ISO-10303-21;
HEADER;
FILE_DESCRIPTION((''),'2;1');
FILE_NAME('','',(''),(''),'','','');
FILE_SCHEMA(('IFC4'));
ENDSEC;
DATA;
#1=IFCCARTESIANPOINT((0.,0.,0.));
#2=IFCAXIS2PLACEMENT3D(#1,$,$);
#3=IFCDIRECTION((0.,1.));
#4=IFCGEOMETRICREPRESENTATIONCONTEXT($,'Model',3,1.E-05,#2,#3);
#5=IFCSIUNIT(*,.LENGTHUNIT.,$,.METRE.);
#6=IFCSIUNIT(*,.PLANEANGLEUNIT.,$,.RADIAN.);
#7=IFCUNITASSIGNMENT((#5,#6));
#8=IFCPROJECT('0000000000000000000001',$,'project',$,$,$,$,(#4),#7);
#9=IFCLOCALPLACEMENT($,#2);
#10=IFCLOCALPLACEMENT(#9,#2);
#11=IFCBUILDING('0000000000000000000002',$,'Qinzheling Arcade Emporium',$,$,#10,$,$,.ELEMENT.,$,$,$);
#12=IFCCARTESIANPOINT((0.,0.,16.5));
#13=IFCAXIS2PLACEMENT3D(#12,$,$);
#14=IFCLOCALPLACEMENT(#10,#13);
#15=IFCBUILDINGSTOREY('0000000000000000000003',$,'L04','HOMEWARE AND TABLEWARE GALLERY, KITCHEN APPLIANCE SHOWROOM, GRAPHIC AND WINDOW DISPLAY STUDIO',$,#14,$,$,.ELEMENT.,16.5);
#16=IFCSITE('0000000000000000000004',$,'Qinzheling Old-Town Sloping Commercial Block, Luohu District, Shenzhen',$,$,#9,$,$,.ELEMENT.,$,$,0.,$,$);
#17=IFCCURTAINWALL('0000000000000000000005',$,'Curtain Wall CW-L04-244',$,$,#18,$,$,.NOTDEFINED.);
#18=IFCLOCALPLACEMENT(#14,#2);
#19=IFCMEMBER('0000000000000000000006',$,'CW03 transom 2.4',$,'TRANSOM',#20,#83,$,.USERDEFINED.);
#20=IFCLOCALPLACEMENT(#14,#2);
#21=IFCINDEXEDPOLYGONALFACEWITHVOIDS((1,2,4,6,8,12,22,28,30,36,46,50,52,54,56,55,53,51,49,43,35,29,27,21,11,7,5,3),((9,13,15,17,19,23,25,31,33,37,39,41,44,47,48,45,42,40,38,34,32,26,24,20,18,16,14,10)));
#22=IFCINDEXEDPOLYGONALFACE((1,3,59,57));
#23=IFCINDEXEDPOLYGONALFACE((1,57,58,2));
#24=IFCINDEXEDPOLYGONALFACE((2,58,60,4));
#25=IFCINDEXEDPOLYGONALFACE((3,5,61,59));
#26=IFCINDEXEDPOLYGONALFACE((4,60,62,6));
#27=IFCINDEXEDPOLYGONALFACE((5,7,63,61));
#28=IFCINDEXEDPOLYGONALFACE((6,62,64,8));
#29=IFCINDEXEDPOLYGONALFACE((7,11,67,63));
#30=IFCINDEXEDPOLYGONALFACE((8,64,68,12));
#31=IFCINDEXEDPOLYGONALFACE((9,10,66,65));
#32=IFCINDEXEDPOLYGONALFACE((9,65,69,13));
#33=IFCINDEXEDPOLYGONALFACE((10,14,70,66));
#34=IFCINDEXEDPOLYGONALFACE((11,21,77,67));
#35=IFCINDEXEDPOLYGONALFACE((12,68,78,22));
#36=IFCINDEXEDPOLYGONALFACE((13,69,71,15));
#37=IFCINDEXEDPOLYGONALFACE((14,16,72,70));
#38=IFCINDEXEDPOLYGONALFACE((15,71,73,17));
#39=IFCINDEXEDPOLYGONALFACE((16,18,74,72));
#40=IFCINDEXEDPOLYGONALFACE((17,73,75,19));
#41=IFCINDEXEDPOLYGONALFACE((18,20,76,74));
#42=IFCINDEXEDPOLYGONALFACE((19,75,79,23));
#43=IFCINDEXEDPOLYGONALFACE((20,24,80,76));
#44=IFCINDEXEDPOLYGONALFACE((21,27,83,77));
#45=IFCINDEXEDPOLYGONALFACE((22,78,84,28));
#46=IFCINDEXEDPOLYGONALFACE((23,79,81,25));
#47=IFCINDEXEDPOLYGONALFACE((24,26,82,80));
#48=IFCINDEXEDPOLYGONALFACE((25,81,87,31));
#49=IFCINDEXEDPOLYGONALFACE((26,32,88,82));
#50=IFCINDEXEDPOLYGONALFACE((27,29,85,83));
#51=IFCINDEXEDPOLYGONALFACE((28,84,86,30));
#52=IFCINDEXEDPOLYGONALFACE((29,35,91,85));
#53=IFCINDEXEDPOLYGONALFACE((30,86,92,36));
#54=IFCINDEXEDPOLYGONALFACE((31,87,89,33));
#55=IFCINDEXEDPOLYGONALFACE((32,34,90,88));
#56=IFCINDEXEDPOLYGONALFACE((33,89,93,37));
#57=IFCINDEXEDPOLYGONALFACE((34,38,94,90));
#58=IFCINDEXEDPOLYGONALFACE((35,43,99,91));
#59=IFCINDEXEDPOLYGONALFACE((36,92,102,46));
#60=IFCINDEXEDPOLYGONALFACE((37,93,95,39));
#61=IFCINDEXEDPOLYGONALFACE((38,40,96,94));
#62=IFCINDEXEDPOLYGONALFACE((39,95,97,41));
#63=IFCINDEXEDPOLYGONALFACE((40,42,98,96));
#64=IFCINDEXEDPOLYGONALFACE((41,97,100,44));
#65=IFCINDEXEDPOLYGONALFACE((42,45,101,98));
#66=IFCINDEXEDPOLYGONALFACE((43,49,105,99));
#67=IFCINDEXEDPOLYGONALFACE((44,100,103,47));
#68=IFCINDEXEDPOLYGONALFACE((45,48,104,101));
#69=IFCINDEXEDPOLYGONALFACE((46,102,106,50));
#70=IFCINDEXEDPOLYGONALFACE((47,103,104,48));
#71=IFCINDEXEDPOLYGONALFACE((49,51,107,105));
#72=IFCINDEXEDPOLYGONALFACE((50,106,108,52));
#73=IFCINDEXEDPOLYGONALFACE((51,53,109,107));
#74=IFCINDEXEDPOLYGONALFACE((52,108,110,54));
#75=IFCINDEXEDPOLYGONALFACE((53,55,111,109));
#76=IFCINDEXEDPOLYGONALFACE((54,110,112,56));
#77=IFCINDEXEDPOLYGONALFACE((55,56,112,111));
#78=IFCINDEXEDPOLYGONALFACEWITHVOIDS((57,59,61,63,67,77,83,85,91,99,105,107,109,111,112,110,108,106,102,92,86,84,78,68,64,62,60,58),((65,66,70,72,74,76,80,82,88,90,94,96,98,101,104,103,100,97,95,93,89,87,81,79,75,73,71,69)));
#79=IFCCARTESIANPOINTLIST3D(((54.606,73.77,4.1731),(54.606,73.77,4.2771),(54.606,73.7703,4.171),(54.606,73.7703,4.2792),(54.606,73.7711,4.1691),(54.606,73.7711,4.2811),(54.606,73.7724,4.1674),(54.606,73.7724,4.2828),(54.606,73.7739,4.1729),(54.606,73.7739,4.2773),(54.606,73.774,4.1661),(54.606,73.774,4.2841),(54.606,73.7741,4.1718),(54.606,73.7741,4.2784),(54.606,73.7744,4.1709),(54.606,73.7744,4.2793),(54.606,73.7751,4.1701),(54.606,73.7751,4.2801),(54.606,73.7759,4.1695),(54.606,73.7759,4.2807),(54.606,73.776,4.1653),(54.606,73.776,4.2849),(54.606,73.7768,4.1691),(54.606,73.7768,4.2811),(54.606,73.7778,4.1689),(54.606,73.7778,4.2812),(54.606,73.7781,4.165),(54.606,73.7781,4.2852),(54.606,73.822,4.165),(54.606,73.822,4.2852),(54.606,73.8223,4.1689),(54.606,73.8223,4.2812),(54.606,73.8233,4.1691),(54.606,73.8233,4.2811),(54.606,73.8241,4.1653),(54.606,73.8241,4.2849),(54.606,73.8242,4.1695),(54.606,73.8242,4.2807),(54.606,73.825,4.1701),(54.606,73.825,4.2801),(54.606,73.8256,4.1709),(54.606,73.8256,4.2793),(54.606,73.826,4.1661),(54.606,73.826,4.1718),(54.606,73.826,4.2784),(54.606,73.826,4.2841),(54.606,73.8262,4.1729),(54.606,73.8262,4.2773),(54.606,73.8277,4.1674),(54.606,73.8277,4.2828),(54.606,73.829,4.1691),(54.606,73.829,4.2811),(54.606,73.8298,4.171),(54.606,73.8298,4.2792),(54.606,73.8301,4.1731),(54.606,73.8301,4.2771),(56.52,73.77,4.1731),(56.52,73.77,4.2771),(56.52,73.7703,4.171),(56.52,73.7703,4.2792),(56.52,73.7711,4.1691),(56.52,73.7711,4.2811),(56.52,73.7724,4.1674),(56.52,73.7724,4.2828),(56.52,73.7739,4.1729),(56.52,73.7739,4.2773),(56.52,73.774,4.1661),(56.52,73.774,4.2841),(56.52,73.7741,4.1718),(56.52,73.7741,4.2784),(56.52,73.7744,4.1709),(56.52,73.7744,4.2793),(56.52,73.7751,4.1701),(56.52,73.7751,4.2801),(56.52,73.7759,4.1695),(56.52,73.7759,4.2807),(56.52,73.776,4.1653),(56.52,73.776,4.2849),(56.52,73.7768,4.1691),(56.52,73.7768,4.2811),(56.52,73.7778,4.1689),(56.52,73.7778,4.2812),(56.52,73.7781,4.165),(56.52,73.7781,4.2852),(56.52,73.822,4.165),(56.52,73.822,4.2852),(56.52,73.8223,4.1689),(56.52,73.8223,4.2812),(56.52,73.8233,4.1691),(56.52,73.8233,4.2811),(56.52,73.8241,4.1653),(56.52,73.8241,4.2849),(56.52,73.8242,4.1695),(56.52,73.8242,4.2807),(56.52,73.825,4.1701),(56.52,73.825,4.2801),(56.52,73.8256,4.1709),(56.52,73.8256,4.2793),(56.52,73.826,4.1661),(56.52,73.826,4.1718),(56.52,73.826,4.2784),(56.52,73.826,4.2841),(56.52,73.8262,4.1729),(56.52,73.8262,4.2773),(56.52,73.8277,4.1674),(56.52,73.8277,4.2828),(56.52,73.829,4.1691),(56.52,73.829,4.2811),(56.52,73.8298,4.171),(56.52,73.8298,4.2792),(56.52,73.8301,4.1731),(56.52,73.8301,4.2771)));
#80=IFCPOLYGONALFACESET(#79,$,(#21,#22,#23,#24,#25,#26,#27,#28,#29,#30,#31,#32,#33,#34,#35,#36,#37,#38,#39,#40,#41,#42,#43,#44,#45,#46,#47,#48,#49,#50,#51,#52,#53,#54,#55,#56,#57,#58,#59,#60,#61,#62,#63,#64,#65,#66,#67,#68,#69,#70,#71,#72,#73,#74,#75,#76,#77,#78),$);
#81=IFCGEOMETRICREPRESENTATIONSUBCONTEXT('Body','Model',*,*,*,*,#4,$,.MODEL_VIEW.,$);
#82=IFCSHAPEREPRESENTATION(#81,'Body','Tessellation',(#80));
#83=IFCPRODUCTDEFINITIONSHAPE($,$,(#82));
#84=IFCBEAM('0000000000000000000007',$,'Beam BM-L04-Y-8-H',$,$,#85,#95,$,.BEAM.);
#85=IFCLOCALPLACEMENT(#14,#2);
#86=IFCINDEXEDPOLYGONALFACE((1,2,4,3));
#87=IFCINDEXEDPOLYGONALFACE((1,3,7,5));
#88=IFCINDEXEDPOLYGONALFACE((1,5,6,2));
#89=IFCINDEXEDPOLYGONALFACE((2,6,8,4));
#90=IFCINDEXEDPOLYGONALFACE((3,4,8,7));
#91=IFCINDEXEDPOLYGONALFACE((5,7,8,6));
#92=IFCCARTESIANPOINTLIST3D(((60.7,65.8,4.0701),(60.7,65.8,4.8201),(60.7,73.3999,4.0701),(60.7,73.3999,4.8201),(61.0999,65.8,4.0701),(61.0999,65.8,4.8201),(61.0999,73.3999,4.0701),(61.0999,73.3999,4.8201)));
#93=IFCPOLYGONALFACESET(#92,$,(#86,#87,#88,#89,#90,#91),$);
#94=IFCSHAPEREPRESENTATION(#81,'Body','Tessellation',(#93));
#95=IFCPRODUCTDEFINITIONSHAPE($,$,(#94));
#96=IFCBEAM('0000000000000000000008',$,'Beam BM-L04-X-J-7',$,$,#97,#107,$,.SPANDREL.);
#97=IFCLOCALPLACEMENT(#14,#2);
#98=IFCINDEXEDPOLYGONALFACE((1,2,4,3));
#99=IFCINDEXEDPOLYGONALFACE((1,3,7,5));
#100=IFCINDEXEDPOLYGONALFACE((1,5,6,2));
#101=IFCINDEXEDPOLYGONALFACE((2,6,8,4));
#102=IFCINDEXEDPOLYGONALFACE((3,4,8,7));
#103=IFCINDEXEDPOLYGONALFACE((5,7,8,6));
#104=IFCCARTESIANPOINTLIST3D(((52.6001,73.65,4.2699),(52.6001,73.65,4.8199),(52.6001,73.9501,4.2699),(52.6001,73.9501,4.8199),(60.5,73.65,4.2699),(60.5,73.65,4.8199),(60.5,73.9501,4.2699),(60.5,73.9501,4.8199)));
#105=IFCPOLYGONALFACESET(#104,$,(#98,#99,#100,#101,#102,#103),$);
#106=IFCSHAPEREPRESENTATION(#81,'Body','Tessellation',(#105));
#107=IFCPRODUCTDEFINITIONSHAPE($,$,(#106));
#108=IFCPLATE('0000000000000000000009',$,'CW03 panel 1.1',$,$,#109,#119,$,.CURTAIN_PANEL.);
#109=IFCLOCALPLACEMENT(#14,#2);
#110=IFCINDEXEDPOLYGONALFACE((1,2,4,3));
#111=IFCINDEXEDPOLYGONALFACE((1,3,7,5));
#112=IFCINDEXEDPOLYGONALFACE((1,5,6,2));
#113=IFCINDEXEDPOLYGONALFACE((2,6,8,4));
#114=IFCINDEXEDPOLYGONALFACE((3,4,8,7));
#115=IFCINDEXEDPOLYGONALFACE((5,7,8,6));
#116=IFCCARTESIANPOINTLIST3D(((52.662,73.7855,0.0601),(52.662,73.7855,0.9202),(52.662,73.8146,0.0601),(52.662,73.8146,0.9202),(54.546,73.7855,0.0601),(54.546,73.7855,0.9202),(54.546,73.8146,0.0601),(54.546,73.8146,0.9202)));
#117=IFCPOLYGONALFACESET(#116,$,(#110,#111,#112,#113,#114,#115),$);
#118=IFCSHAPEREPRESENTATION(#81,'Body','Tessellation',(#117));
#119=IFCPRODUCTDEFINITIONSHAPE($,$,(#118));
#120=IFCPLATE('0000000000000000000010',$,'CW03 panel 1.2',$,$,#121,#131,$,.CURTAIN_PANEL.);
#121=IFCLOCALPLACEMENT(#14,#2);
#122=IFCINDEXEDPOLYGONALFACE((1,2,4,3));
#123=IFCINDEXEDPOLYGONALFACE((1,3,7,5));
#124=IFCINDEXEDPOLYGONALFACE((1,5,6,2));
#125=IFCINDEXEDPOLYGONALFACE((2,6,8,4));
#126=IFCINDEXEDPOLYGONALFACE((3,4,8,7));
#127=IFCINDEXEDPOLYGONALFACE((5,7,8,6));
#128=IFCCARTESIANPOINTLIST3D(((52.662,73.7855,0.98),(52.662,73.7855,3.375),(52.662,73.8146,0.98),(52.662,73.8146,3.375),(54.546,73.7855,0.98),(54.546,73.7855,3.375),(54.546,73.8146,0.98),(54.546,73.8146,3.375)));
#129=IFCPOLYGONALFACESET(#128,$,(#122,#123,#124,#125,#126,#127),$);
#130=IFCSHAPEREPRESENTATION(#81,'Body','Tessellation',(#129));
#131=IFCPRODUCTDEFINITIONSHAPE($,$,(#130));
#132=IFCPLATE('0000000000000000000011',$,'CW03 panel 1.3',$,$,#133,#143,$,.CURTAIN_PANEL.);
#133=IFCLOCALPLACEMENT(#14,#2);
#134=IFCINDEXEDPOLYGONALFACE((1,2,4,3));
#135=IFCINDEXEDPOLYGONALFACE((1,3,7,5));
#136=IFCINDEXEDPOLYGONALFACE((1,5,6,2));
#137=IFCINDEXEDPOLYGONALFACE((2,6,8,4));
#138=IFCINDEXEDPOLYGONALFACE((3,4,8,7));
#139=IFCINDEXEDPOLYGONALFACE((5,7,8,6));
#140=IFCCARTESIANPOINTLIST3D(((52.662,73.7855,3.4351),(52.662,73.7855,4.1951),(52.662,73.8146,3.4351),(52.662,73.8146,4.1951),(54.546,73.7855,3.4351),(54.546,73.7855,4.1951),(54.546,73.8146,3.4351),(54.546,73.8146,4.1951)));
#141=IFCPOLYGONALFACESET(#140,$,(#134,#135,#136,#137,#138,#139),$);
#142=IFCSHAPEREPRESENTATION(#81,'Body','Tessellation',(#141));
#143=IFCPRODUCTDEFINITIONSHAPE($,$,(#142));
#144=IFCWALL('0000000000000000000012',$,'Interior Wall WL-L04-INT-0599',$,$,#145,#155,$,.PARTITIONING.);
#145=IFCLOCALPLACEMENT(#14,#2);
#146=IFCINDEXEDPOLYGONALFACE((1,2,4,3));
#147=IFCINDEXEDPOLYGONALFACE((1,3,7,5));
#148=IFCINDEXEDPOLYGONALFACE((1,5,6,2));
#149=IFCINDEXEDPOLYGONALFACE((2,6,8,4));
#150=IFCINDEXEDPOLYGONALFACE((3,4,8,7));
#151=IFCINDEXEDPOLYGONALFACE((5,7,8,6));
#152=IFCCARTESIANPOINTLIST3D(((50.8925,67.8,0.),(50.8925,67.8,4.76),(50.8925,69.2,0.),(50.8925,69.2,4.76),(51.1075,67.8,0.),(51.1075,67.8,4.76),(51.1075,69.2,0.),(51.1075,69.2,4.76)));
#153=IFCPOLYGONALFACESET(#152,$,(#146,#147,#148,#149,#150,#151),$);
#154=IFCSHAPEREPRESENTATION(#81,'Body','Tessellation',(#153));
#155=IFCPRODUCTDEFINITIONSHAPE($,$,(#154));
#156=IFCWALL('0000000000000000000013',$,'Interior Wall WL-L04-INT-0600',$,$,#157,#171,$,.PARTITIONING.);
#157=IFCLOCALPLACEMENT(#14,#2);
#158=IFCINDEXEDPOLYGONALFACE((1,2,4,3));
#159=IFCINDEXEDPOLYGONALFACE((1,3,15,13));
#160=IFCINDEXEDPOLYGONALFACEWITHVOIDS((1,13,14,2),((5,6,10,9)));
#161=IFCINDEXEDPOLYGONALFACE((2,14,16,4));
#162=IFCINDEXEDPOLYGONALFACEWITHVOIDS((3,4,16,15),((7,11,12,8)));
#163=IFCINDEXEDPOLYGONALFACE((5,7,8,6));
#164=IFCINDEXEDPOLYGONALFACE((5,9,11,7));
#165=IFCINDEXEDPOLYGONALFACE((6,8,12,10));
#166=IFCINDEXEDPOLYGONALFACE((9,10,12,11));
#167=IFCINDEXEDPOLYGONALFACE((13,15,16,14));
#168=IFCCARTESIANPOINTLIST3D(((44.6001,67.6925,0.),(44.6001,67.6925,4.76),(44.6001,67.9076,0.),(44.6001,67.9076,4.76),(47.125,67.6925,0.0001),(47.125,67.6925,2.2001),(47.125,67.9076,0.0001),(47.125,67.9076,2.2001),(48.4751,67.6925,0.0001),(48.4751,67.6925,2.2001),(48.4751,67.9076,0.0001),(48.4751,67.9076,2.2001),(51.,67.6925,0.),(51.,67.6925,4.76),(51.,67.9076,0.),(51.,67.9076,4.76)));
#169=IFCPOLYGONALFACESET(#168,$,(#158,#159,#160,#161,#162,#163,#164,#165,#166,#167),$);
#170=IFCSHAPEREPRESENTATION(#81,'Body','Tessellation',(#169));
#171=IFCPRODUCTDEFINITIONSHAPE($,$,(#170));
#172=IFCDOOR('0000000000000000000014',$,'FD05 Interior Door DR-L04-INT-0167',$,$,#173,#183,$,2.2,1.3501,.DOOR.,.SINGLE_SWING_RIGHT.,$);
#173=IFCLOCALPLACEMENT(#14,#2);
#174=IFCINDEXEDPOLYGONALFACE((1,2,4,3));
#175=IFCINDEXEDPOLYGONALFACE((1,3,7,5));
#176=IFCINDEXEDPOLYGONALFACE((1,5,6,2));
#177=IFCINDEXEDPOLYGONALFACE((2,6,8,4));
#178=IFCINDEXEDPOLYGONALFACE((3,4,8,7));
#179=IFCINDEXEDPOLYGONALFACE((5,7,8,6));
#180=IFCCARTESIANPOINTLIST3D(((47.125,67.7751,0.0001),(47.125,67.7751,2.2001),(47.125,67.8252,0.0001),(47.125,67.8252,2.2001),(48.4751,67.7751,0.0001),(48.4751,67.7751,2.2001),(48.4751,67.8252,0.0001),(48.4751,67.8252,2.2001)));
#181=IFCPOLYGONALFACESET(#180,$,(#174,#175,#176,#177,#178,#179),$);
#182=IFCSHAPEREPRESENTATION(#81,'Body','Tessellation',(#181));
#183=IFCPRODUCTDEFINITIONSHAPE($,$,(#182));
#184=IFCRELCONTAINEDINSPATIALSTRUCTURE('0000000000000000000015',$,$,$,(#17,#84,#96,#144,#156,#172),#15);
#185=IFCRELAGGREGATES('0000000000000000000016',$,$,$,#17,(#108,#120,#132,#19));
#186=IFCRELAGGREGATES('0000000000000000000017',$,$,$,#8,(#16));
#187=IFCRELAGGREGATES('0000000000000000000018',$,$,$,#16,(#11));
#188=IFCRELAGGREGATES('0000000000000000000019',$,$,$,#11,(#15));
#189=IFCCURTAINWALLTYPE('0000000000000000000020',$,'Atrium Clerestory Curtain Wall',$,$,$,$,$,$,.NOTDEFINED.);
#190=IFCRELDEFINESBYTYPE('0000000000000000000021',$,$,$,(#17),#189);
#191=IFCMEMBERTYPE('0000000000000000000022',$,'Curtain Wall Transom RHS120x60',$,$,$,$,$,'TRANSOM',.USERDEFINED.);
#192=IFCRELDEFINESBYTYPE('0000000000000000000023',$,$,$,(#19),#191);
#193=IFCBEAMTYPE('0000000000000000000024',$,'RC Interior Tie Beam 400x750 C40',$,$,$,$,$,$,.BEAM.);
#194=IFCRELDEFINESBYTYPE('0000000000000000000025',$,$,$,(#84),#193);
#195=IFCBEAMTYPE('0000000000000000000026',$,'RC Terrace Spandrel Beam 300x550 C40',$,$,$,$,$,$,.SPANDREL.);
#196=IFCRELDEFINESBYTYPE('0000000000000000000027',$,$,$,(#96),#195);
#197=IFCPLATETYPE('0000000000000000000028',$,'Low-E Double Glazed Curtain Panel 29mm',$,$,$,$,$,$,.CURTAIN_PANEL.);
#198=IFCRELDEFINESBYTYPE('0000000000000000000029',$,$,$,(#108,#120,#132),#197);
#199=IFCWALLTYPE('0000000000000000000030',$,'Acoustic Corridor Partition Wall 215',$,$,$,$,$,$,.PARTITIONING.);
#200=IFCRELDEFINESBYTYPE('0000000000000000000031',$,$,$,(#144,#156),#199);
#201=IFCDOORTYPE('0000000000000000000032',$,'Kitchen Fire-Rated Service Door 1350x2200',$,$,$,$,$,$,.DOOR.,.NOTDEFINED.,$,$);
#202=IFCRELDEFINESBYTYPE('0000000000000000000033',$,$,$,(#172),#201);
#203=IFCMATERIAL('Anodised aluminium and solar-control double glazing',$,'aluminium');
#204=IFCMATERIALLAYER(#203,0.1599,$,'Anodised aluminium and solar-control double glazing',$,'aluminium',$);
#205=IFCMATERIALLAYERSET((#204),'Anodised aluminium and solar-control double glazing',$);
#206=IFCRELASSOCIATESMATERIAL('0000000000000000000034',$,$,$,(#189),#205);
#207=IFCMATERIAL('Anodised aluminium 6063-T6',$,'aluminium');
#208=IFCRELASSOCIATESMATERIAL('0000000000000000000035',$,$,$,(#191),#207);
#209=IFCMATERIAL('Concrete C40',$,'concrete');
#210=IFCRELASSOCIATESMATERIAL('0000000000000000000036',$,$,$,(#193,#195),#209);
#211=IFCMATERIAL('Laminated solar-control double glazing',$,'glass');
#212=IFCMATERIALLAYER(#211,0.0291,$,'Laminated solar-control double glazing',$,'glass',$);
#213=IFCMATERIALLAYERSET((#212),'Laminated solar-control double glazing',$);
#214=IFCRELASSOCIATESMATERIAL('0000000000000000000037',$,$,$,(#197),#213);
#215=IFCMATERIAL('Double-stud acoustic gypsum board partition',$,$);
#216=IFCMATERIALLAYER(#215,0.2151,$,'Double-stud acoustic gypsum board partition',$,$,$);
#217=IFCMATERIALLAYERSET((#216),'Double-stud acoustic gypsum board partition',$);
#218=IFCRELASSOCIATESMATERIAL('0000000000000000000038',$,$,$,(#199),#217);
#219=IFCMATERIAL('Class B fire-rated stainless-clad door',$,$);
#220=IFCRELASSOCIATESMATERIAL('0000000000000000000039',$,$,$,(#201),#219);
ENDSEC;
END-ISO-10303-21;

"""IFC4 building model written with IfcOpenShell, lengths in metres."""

from ifc_helpers import new_model, si_unit, direction, frame, frame_2d, origin, origin_2d, place, context, subcontext, project, spatial, rectangle, hollow_rectangle, extrude, material, layer, layer_set, material_profile, profile_set, type_object, element, fill, aggregate, save


model = new_model("IFC4")

# Units and contexts
model_context = context("Model", 3, precision=1e-05, world=origin(), true_north=direction((0.0, 1.0)))
body_context = subcontext(model_context, "Body", "Model", "MODEL_VIEW")
ifc_project = project(units=[si_unit("LENGTHUNIT", "METRE"), si_unit("PLANEANGLEUNIT", "RADIAN")], contexts=[model_context])

# Site, building, storey
site_placement = place(None, origin())
site = spatial("IfcSite", under=ifc_project, at=site_placement, Name="Qinzheling Old-Town Sloping Commercial Block, Luohu District, Shenzhen", CompositionType="ELEMENT", RefElevation=0.0)
building_placement = place(site_placement, origin())
building = spatial("IfcBuilding", under=site, at=building_placement, Name="Qinzheling Arcade Emporium", CompositionType="ELEMENT")
storey_placement = place(building_placement, frame((0.0, 0.0, 16.5)))
storey = spatial("IfcBuildingStorey", under=building, at=storey_placement, Name="L04", Description="HOMEWARE AND TABLEWARE GALLERY, KITCHEN APPLIANCE SHOWROOM, GRAPHIC AND WINDOW DISPLAY STUDIO", CompositionType="ELEMENT", Elevation=16.5)

# Shared definitions
ifc_material_1 = material(Name="Concrete C40", Category="concrete")

# Shared definitions
ifc_material_2 = material(Name="Anodised aluminium and solar-control double glazing", Category="aluminium")
ifc_layer_1 = layer(ifc_material_2, 0.1599, Name="Anodised aluminium and solar-control double glazing", Category="aluminium")
ifc_layer_set_1 = layer_set([ifc_layer_1], Name="Anodised aluminium and solar-control double glazing")
curtain_wall_type = type_object("IfcCurtainWallType", Name="Atrium Clerestory Curtain Wall", PredefinedType="NOTDEFINED", material=ifc_layer_set_1)
ifc_material_3 = material(Name="Anodised aluminium 6063-T6", Category="aluminium")

# Curtain wall, member
curtain_wall_1_placement = place(storey_placement, origin())
curtain_wall_1 = element("IfcCurtainWall", 1, at=curtain_wall_1_placement, inside=storey, type_object=curtain_wall_type, Name="Curtain Wall CW-L04-244", PredefinedType="NOTDEFINED")
ifc_material_profile_1 = material_profile(ifc_material_3, hollow_rectangle(XDim=0.0601, YDim=0.1201, WallThickness=0.0039, InnerFilletRadius=0.0039, OuterFilletRadius=0.0081, at=origin_2d()), Name="RHS 120x60x4", Category="aluminium")
ifc_profile_set_1 = profile_set([ifc_material_profile_1], Name="Anodised aluminium 6063-T6")
member_type_1 = type_object("IfcMemberType", Name="Curtain Wall Transom RHS120x60", ElementType="TRANSOM", PredefinedType="USERDEFINED", material=ifc_profile_set_1)
member_1_placement = place(storey_placement, frame((54.606, 73.8, 4.2251), z_axis=(1.0, 0.0, 0.0), x_axis=(0.0, 1.0, 0.0)))
member_1 = element("IfcMember", 2, at=member_1_placement, type_object=member_type_1, Name="CW03 transom 2.4", ObjectType="TRANSOM", PredefinedType="USERDEFINED", context=body_context, shape_type="SweptSolid", body=[
    extrude(hollow_rectangle(XDim=0.0601, YDim=0.1201, WallThickness=0.0039, InnerFilletRadius=0.0039, OuterFilletRadius=0.0081, at=origin_2d()), origin(), (0.0, 0.0, 1.0), 1.9141),
])

# Beams
ifc_material_profile_2 = material_profile(ifc_material_1, rectangle(XDim=0.3999, YDim=0.75, at=origin_2d()), Name="RC 400x750", Category="concrete")
ifc_profile_set_2 = profile_set([ifc_material_profile_2], Name="Concrete C40")
beam_type_1 = type_object("IfcBeamType", Name="RC Interior Tie Beam 400x750 C40", PredefinedType="BEAM", material=ifc_profile_set_2)
beam_1_placement = place(storey_placement, frame((60.8999, 65.8, 4.4451), z_axis=(0.0, 1.0, 0.0), x_axis=(-1.0, 0.0, 0.0)))
element("IfcBeam", 3, at=beam_1_placement, inside=storey, type_object=beam_type_1, Name="Beam BM-L04-Y-8-H", PredefinedType="BEAM", context=body_context, shape_type="SweptSolid", body=[
    extrude(rectangle(XDim=0.3999, YDim=0.75, at=origin_2d()), origin(), (0.0, 0.0, 1.0), 7.5999),
])
ifc_material_profile_3 = material_profile(ifc_material_1, rectangle(XDim=0.3, YDim=0.55, at=origin_2d()), Name="RC 300x550", Category="concrete")
ifc_profile_set_3 = profile_set([ifc_material_profile_3], Name="Concrete C40")
beam_type_2 = type_object("IfcBeamType", Name="RC Terrace Spandrel Beam 300x550 C40", PredefinedType="SPANDREL", material=ifc_profile_set_3)
beam_2_placement = place(storey_placement, frame((52.6001, 73.8, 4.5449), z_axis=(1.0, 0.0, 0.0), x_axis=(0.0, 1.0, 0.0)))
element("IfcBeam", 4, at=beam_2_placement, inside=storey, type_object=beam_type_2, Name="Beam BM-L04-X-J-7", PredefinedType="SPANDREL", context=body_context, shape_type="SweptSolid", body=[
    extrude(rectangle(XDim=0.3, YDim=0.55, at=origin_2d()), origin(), (0.0, 0.0, 1.0), 7.8999),
])

# Plates
ifc_material_4 = material(Name="Laminated solar-control double glazing", Category="glass")
ifc_layer_2 = layer(ifc_material_4, 0.0291, Name="Laminated solar-control double glazing", Category="glass")
ifc_layer_set_2 = layer_set([ifc_layer_2], Name="Laminated solar-control double glazing")
plate_type = type_object("IfcPlateType", Name="Low-E Double Glazed Curtain Panel 29mm", PredefinedType="CURTAIN_PANEL", material=ifc_layer_set_2)
plate_1_placement = place(storey_placement, frame((53.604, 73.8, 0.0601), z_axis=(0.0, 0.0, 1.0), x_axis=(1.0, 0.0, 0.0)))
plate_1 = element("IfcPlate", 5, at=plate_1_placement, type_object=plate_type, Name="CW03 panel 1.1", PredefinedType="CURTAIN_PANEL", context=body_context, shape_type="SweptSolid", body=[
    extrude(rectangle(XDim=1.884, YDim=0.0291, at=origin_2d()), origin(), (0.0, 0.0, 1.0), 0.8601),
])
plate_2_placement = place(storey_placement, frame((53.604, 73.8, 0.98), z_axis=(0.0, 0.0, 1.0), x_axis=(1.0, 0.0, 0.0)))
plate_2 = element("IfcPlate", 6, at=plate_2_placement, type_object=plate_type, Name="CW03 panel 1.2", PredefinedType="CURTAIN_PANEL", context=body_context, shape_type="SweptSolid", body=[
    extrude(rectangle(XDim=1.884, YDim=0.0291, at=origin_2d()), origin(), (0.0, 0.0, 1.0), 2.395),
])
plate_3_placement = place(storey_placement, frame((53.604, 73.8, 3.4351), z_axis=(0.0, 0.0, 1.0), x_axis=(1.0, 0.0, 0.0)))
plate_3 = element("IfcPlate", 7, at=plate_3_placement, type_object=plate_type, Name="CW03 panel 1.3", PredefinedType="CURTAIN_PANEL", context=body_context, shape_type="SweptSolid", body=[
    extrude(rectangle(XDim=1.884, YDim=0.0291, at=origin_2d()), origin(), (0.0, 0.0, 1.0), 0.76),
])
aggregate(curtain_wall_1, [plate_1, plate_2, plate_3, member_1])

# Wall
ifc_material_5 = material(Name="Double-stud acoustic gypsum board partition")
ifc_layer_3 = layer(ifc_material_5, 0.2151, Name="Double-stud acoustic gypsum board partition")
ifc_layer_set_3 = layer_set([ifc_layer_3], Name="Double-stud acoustic gypsum board partition")
wall_type = type_object("IfcWallType", Name="Acoustic Corridor Partition Wall 215", PredefinedType="PARTITIONING", material=ifc_layer_set_3)
wall_1_placement = place(storey_placement, frame((51.0, 69.2, 0.0), z_axis=(0.0, 0.0, 1.0), x_axis=(0.0, -1.0, 0.0)))
element("IfcWall", 8, at=wall_1_placement, inside=storey, type_object=wall_type, Name="Interior Wall WL-L04-INT-0599", PredefinedType="PARTITIONING", context=body_context, shape_type="SweptSolid", body=[
    extrude(rectangle(XDim=1.3999, YDim=0.2151, at=frame_2d((0.7, 0.0))), origin(), (0.0, 0.0, 1.0), 4.76),
])

# Wall, opening, door
wall_2_placement = place(storey_placement, frame((51.0, 67.8, 0.0), z_axis=(0.0, 0.0, 1.0), x_axis=(-1.0, 0.0, 0.0)))
wall_2 = element("IfcWall", 9, at=wall_2_placement, inside=storey, type_object=wall_type, Name="Interior Wall WL-L04-INT-0600", PredefinedType="PARTITIONING", context=body_context, shape_type="SweptSolid", body=[
    extrude(rectangle(XDim=6.3999, YDim=0.2151, at=frame_2d((3.2, 0.0))), origin(), (0.0, 0.0, 1.0), 4.76),
])
opening_1_placement = place(wall_2_placement, frame((2.5249, 0.0, 0.0)))
opening_1 = element("IfcOpeningElement", 10, at=opening_1_placement, cuts=wall_2, PredefinedType="OPENING", context=body_context, shape_type="SweptSolid", body=[
    extrude(rectangle(XDim=1.3501, YDim=2.2, at=frame_2d((0.675, 1.1001))), frame((0.0, 0.1177, 0.0), z_axis=(0.0, -1.0, 0.0), x_axis=(1.0, 0.0, 0.0)), (0.0, 0.0, 1.0), 0.2351),
])
ifc_material_6 = material(Name="Class B fire-rated stainless-clad door")
door_type = type_object("IfcDoorType", Name="Kitchen Fire-Rated Service Door 1350x2200", OperationType="NOTDEFINED", PredefinedType="DOOR", material=ifc_material_6)
door_1_placement = place(opening_1_placement, origin())
door_1 = element("IfcDoor", 11, at=door_1_placement, inside=storey, type_object=door_type, Name="FD05 Interior Door DR-L04-INT-0167", OperationType="SINGLE_SWING_RIGHT", OverallHeight=2.2, OverallWidth=1.3501, PredefinedType="DOOR", context=body_context, shape_type="SweptSolid", body=[
    extrude(rectangle(XDim=1.3501, YDim=2.2, at=frame_2d((0.675, 1.1001))), frame((0.0, 0.0249, 0.0), z_axis=(0.0, -1.0, 0.0), x_axis=(1.0, 0.0, 0.0)), (0.0, 0.0, 1.0), 0.05),
])
fill(opening_1, door_1)

save(model, "model.ifc")
